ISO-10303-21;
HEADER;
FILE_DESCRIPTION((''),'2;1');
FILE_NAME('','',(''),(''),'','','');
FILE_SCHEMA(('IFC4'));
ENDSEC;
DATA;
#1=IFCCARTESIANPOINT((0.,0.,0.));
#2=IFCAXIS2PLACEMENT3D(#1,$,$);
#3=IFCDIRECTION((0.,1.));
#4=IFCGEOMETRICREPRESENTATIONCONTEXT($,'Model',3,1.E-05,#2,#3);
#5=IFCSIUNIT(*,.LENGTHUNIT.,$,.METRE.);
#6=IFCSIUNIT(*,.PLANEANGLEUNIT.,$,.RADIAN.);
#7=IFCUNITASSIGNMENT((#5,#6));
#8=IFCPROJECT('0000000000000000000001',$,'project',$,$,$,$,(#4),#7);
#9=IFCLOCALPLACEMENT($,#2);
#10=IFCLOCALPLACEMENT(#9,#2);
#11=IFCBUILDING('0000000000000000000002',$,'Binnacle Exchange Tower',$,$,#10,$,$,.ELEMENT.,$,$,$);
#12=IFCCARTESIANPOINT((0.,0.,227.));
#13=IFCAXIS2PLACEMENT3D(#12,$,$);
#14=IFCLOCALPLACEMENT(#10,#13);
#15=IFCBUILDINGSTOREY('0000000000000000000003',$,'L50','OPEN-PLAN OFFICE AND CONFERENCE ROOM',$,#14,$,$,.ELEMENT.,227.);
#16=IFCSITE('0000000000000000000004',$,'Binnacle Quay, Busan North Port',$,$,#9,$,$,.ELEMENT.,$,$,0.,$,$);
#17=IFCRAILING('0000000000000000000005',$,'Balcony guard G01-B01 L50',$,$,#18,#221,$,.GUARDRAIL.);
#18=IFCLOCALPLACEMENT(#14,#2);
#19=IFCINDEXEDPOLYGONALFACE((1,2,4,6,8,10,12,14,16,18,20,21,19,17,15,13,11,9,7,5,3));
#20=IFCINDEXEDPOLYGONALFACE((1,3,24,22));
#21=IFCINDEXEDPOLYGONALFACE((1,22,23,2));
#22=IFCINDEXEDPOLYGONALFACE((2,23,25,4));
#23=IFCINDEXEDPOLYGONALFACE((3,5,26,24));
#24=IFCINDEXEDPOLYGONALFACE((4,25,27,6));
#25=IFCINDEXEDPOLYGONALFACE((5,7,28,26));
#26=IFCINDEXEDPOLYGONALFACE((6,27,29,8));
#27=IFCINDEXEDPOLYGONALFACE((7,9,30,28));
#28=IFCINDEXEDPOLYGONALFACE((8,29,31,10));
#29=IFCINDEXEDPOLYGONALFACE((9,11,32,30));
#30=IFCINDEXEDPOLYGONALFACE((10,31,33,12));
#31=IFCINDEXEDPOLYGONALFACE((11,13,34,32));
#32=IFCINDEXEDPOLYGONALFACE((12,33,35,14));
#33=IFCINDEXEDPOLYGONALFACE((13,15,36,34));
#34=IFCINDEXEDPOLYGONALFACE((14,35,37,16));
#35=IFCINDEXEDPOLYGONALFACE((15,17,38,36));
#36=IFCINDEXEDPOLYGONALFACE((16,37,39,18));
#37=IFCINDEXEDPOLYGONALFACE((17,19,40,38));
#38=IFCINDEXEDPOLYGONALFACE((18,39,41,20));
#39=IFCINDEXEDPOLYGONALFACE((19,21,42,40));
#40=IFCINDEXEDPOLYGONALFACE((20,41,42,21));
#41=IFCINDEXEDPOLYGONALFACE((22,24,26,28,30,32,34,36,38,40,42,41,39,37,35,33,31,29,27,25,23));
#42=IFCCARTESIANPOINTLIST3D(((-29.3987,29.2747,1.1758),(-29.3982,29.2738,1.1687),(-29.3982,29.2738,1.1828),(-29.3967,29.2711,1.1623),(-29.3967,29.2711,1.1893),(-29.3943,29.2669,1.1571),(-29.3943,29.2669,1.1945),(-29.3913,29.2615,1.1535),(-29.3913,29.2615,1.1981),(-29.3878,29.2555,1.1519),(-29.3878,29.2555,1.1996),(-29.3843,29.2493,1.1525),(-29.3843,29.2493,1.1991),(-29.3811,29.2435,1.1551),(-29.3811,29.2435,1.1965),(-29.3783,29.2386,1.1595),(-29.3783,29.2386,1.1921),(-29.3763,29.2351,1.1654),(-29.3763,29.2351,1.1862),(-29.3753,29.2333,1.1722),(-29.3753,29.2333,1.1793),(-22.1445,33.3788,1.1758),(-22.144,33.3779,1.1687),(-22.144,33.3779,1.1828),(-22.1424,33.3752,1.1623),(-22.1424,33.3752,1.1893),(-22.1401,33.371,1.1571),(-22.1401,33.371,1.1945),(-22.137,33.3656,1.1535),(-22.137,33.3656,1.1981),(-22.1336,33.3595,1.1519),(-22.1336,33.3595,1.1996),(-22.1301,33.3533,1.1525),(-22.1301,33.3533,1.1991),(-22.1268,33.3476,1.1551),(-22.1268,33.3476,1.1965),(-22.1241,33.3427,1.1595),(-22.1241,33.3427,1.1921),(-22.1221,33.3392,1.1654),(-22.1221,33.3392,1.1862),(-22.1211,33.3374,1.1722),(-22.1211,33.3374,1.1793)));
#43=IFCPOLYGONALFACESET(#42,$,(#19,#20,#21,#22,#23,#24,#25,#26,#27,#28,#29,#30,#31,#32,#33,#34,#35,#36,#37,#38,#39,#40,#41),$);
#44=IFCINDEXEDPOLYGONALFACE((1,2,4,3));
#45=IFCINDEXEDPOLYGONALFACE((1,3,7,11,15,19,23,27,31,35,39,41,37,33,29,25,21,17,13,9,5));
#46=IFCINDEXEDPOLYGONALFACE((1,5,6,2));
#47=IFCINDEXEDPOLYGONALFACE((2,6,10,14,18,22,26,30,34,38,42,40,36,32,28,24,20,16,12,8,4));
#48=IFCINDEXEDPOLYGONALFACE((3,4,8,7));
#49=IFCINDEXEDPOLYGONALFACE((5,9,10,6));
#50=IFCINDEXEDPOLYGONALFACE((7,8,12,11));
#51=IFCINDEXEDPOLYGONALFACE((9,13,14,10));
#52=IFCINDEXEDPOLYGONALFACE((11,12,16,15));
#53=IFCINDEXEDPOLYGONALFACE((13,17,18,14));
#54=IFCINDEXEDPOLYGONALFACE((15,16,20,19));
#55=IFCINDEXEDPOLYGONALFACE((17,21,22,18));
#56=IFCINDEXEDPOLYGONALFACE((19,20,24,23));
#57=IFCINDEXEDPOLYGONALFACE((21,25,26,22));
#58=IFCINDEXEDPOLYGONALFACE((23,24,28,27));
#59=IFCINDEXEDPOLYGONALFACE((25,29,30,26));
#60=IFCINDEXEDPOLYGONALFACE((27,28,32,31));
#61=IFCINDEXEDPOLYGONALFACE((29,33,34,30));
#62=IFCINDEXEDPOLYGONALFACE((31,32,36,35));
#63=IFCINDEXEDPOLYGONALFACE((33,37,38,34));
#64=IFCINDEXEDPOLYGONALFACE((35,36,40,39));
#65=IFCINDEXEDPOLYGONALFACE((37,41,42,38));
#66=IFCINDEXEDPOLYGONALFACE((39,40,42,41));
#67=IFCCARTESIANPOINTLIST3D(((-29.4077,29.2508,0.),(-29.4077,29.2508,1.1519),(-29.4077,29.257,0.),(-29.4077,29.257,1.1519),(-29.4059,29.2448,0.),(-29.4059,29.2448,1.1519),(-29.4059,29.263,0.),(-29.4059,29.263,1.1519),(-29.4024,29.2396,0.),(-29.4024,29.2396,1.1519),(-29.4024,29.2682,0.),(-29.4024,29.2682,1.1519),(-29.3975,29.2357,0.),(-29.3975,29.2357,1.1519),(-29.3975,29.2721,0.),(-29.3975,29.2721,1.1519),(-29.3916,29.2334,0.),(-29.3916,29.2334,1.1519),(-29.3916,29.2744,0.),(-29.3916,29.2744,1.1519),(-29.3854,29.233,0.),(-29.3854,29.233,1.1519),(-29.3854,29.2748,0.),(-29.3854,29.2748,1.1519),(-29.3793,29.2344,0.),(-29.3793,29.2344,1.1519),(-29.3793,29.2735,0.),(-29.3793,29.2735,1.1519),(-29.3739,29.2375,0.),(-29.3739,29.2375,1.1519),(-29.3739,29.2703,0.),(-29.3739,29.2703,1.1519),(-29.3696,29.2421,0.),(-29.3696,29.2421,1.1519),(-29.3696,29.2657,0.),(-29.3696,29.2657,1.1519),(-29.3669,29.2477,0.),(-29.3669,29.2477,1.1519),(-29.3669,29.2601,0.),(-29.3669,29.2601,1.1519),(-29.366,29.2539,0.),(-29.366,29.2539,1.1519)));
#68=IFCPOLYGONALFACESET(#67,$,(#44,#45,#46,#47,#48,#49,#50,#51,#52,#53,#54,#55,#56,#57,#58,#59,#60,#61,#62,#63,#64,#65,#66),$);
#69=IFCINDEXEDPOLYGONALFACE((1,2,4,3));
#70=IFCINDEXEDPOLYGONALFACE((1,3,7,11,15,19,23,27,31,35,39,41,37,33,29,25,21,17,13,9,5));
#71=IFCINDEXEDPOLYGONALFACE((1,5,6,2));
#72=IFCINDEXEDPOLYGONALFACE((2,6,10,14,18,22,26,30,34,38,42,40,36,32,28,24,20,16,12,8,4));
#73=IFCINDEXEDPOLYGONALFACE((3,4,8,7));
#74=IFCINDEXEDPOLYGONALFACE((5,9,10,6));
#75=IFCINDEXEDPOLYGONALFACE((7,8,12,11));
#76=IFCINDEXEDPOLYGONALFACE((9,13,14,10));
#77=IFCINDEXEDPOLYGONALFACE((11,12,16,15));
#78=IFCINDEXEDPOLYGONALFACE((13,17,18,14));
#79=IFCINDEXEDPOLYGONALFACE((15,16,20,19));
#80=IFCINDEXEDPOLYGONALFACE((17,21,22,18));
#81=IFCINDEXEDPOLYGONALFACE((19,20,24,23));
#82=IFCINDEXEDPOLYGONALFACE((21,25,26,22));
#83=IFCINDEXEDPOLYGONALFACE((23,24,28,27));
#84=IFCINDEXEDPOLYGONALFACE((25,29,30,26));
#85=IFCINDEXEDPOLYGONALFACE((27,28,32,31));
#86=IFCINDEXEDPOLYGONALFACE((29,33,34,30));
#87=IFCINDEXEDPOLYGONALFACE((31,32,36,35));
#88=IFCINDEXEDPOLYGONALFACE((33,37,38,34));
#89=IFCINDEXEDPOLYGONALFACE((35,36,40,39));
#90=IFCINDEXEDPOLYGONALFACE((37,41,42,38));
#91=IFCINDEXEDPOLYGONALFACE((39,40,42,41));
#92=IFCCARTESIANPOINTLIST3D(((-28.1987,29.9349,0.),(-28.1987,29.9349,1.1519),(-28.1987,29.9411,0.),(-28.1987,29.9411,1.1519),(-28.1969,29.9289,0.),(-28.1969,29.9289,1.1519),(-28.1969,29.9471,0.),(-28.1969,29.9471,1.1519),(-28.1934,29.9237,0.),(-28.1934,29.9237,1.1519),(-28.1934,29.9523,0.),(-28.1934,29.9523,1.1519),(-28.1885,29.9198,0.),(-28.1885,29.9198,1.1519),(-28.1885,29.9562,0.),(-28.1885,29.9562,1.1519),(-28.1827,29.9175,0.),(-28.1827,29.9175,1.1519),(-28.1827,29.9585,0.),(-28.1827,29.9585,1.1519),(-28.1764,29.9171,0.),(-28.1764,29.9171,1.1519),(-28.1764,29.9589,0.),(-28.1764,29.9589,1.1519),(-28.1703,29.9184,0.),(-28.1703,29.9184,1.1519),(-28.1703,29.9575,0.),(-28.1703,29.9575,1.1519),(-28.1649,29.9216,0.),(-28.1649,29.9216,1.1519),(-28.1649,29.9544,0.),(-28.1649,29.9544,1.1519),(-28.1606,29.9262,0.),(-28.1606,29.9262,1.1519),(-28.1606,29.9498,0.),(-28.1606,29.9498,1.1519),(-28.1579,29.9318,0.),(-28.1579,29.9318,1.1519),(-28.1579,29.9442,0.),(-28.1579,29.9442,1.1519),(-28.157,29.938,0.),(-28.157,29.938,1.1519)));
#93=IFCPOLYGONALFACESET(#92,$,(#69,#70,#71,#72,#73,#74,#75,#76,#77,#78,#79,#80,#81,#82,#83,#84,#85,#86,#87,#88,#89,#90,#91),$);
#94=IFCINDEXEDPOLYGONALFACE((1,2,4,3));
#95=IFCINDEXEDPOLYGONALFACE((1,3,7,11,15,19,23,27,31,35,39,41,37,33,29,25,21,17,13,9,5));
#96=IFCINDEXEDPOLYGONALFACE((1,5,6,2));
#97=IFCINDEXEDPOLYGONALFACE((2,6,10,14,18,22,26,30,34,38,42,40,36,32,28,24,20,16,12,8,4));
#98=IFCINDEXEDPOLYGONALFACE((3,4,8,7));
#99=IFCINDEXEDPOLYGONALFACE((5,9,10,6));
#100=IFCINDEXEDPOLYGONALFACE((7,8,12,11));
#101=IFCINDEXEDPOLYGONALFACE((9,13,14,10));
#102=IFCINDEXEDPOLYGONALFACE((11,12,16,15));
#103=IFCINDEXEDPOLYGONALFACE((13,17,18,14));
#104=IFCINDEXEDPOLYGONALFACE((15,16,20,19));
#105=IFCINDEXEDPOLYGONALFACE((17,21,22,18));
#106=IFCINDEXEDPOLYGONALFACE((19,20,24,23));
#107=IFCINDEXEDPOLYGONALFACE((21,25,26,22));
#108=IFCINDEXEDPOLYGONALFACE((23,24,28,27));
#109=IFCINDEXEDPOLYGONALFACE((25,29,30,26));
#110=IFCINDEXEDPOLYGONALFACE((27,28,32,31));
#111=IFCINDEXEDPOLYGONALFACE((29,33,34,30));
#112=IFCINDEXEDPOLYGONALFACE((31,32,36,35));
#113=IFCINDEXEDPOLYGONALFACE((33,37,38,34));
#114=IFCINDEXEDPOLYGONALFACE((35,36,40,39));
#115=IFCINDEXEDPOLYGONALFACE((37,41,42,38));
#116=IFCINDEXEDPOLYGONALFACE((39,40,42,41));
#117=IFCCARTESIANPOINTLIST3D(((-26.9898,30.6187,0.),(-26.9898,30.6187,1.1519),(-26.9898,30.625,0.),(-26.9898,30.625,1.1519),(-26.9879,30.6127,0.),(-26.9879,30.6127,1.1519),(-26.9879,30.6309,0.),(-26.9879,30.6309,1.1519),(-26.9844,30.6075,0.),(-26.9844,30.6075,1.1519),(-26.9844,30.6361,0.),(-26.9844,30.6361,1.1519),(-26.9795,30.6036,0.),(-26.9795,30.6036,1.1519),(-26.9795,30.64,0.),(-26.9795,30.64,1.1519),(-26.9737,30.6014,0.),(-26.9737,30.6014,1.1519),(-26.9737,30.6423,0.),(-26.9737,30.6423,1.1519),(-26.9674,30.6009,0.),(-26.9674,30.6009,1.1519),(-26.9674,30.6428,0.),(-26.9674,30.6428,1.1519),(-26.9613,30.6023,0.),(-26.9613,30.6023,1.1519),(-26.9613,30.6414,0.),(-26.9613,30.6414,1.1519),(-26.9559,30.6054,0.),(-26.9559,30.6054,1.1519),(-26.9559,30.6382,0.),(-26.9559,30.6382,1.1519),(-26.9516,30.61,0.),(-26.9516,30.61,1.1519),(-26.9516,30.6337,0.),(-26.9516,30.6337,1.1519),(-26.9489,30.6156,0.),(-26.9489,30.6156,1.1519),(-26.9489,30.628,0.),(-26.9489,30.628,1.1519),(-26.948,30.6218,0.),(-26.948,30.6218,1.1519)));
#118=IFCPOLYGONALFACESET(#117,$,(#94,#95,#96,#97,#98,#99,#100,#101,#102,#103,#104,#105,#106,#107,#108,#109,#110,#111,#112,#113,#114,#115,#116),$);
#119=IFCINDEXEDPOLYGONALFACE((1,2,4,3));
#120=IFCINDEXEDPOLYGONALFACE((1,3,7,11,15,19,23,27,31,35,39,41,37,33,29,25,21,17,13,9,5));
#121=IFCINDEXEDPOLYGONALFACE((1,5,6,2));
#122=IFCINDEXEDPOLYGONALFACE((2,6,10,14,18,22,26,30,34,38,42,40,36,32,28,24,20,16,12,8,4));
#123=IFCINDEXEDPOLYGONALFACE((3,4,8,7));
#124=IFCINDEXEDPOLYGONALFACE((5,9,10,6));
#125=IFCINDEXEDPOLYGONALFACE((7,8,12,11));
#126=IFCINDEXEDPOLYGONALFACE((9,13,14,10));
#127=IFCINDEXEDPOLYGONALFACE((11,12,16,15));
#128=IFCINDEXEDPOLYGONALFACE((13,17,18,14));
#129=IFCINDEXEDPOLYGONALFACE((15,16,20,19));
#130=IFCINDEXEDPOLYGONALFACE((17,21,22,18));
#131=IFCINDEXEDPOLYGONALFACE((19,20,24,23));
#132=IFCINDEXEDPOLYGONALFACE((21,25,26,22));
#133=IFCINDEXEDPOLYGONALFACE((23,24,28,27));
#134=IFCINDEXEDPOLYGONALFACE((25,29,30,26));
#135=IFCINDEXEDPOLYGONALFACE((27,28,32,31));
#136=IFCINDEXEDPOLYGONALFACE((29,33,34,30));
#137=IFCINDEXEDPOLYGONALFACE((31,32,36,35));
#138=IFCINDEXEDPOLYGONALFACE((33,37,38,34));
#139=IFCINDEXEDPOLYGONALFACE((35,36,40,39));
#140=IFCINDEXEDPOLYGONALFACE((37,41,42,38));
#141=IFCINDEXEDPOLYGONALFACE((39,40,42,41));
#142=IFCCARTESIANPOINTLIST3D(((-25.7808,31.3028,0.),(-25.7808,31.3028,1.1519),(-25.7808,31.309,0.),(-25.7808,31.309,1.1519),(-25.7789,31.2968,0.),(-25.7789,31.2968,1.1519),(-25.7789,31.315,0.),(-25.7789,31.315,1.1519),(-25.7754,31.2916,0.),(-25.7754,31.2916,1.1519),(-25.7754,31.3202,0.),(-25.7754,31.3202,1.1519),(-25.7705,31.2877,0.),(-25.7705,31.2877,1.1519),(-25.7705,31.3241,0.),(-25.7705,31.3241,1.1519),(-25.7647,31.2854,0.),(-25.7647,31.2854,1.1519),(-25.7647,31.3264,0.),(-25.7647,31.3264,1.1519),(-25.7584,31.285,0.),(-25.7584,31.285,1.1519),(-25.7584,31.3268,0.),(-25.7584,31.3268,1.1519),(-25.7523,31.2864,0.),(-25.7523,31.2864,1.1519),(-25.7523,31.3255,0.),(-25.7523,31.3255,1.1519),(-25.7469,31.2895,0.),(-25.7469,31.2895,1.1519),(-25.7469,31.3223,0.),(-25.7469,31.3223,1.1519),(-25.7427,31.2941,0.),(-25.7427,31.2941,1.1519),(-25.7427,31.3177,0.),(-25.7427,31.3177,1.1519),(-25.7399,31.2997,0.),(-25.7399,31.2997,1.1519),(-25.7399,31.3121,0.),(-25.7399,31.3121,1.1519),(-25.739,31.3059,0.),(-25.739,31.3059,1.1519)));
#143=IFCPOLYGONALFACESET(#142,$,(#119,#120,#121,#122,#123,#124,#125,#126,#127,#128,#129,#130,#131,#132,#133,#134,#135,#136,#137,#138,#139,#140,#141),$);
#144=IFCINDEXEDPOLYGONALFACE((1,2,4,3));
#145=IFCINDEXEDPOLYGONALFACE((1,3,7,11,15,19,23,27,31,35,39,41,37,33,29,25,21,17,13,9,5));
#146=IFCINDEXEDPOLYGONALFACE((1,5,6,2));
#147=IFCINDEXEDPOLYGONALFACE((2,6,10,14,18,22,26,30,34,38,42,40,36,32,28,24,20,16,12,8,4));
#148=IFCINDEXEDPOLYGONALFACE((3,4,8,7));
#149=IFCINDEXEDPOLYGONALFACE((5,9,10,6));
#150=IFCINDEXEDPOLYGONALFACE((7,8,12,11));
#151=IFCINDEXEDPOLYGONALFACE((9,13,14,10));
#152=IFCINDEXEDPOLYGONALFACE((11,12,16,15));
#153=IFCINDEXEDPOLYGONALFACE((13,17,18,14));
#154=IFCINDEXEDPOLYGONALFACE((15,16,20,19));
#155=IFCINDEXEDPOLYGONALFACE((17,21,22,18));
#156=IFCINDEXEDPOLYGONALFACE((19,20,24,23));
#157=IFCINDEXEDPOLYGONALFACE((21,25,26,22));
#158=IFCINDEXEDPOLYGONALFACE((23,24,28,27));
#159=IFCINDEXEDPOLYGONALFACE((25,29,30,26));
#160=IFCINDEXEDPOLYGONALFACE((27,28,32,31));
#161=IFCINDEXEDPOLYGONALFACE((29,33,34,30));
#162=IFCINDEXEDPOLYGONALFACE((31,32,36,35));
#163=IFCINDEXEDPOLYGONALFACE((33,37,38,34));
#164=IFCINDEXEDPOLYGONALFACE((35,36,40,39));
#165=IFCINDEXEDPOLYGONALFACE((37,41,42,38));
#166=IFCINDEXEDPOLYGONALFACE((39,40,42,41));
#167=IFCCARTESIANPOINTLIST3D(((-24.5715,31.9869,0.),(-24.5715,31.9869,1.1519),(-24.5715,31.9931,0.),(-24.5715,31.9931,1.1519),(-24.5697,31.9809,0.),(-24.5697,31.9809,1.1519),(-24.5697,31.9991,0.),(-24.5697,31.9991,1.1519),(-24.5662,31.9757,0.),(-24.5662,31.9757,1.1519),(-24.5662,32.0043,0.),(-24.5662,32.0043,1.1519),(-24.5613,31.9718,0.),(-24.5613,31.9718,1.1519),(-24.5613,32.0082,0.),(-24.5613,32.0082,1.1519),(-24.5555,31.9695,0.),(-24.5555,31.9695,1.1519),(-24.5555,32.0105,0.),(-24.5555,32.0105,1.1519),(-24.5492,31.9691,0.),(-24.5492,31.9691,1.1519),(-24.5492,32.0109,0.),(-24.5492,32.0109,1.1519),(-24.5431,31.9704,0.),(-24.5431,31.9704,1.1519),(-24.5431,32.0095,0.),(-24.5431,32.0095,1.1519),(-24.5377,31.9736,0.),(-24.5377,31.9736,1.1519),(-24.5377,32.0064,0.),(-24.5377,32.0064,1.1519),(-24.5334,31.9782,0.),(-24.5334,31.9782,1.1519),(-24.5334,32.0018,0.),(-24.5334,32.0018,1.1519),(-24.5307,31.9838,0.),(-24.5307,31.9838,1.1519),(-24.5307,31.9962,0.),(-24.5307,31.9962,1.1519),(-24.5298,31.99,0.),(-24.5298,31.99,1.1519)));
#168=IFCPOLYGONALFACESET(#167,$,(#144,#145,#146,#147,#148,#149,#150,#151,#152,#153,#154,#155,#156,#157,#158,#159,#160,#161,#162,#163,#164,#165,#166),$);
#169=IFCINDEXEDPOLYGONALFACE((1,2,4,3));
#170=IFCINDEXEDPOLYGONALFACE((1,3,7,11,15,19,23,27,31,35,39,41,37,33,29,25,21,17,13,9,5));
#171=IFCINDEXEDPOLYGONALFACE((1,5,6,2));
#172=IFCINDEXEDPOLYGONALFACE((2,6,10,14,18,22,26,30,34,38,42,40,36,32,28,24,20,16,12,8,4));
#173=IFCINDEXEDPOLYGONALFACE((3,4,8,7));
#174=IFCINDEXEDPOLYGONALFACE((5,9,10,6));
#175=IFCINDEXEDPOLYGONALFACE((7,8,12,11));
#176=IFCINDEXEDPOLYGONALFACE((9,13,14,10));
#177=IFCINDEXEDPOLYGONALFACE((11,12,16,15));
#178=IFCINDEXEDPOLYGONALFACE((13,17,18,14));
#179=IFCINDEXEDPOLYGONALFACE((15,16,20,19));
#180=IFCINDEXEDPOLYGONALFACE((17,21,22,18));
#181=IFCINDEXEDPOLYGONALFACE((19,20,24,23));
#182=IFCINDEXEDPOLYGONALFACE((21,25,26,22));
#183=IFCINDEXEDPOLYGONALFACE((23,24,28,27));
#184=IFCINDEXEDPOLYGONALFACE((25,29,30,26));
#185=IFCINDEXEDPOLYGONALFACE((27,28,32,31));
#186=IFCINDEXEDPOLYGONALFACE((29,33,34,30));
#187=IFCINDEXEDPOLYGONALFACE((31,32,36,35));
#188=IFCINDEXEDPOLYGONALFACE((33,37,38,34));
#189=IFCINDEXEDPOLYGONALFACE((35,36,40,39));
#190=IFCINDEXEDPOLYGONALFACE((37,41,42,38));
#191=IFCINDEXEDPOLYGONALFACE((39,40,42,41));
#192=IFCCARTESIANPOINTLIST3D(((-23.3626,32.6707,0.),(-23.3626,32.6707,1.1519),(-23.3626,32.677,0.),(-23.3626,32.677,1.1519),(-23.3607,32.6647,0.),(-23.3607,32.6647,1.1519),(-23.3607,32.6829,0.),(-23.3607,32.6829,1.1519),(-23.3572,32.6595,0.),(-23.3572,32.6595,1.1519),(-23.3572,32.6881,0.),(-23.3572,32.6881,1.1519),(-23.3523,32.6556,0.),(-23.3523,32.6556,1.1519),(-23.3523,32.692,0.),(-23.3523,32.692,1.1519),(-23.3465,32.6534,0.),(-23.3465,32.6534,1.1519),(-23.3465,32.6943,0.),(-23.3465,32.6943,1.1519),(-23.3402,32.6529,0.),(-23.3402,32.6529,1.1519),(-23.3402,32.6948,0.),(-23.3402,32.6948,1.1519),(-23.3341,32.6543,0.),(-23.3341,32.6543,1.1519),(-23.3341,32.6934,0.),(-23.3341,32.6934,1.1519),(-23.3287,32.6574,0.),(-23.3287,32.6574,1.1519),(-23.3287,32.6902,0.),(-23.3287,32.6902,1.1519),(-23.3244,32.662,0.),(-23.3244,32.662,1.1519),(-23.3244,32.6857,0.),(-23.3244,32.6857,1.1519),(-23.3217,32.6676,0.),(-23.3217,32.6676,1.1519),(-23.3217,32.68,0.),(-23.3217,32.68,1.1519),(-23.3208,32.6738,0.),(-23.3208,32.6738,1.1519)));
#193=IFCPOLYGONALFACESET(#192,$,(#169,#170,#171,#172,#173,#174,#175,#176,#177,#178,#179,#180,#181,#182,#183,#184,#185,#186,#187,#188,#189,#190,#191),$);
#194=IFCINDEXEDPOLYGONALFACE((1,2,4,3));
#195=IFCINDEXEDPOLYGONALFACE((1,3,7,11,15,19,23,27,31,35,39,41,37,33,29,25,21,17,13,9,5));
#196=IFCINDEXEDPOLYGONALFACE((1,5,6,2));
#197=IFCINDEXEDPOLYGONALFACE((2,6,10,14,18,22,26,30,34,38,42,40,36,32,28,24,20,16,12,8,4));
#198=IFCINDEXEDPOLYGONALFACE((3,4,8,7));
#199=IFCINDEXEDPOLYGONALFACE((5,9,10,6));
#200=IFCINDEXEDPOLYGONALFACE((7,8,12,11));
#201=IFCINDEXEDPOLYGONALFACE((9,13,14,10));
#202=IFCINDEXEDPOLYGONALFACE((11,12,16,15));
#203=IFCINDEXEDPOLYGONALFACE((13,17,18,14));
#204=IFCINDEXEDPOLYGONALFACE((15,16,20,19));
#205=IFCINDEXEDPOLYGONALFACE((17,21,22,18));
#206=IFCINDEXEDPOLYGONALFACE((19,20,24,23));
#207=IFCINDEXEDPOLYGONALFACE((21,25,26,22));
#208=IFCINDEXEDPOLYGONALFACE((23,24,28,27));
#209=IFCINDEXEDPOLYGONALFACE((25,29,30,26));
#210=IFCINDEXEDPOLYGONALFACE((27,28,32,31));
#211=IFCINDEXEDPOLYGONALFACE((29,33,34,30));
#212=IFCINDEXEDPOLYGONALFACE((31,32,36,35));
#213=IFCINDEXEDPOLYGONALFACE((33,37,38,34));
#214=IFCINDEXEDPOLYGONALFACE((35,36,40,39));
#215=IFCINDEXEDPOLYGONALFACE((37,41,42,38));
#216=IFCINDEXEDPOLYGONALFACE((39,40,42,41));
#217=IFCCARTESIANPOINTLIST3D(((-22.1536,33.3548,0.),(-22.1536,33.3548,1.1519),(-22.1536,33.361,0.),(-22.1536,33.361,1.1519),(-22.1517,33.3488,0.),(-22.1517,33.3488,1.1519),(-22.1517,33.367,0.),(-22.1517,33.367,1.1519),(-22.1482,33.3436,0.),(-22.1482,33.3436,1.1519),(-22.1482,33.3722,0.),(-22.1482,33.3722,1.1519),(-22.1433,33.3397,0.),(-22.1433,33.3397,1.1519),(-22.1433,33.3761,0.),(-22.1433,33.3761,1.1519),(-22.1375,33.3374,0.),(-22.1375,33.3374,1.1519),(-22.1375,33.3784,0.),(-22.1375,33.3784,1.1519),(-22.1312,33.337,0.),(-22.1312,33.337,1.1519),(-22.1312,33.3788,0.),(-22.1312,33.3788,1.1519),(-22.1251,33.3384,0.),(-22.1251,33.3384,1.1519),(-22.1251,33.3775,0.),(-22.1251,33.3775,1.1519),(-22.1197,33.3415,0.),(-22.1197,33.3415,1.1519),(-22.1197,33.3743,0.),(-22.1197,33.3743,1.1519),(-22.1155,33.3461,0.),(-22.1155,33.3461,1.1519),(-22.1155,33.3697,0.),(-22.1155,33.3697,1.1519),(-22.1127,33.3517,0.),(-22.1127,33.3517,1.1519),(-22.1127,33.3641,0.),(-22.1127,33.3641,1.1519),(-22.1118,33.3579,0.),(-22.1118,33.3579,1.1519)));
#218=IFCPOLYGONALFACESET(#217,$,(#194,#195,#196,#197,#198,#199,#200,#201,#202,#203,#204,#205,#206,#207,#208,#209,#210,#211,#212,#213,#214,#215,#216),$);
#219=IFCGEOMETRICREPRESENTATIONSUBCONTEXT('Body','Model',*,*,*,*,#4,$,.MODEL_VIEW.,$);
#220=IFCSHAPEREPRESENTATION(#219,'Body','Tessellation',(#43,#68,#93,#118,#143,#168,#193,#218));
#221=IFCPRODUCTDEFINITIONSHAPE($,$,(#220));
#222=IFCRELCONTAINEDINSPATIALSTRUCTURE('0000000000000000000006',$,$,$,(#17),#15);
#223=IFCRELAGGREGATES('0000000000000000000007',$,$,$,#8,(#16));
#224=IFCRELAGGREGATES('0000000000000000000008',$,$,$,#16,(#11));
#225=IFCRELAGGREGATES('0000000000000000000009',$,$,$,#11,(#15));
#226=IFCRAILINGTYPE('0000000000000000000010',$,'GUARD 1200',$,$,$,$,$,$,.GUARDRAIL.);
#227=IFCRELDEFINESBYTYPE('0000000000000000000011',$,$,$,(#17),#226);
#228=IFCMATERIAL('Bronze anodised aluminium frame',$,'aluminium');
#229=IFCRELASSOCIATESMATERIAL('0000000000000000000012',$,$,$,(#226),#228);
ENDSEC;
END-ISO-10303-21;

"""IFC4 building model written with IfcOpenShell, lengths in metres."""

from ifc_helpers import new_model, si_unit, direction, frame, origin, origin_2d, place, context, subcontext, project, spatial, circle, extrude, material, type_object, element, save


model = new_model("IFC4")

# Units and contexts
model_context = context("Model", 3, precision=1e-05, world=origin(), true_north=direction((0.0, 1.0)))
body_context = subcontext(model_context, "Body", "Model", "MODEL_VIEW")
ifc_project = project(units=[si_unit("LENGTHUNIT", "METRE"), si_unit("PLANEANGLEUNIT", "RADIAN")], contexts=[model_context])

# Site, building, storey
site_placement = place(None, origin())
site = spatial("IfcSite", under=ifc_project, at=site_placement, Name="Binnacle Quay, Busan North Port", CompositionType="ELEMENT", RefElevation=0.0)
building_placement = place(site_placement, origin())
building = spatial("IfcBuilding", under=site, at=building_placement, Name="Binnacle Exchange Tower", CompositionType="ELEMENT")
storey_placement = place(building_placement, frame((0.0, 0.0, 227.0)))
storey = spatial("IfcBuildingStorey", under=building, at=storey_placement, Name="L50", Description="OPEN-PLAN OFFICE AND CONFERENCE ROOM", CompositionType="ELEMENT", Elevation=227.0)

# Railing
ifc_material_1 = material(Name="Bronze anodised aluminium frame", Category="aluminium")
railing_type_1 = type_object("IfcRailingType", Name="GUARD 1200", PredefinedType="GUARDRAIL", material=ifc_material_1)
railing_1_placement = place(storey_placement, frame((-29.387, 29.2539, 0.0)))
element("IfcRailing", 1, at=railing_1_placement, inside=storey, type_object=railing_type_1, Name="Balcony guard G01-B01 L50", PredefinedType="GUARDRAIL", context=body_context, shape_type="SweptSolid", body=[
    extrude(circle(Radius=0.0239, at=origin_2d()), frame((0.0, 0.0, 1.1758), z_axis=(0.870366, 0.492406, 0.0), x_axis=(-0.492406, 0.870366, 0.0)), (0.0, 0.0, 1.0), 8.3347),
    extrude(circle(Radius=0.021, at=origin_2d()), origin(), (0.0, 0.0, 1.0), 1.1519),
    extrude(circle(Radius=0.021, at=origin_2d()), frame((1.209, 0.6841, 0.0)), (0.0, 0.0, 1.0), 1.1519),
    extrude(circle(Radius=0.021, at=origin_2d()), frame((2.418, 1.3679, 0.0)), (0.0, 0.0, 1.0), 1.1519),
    extrude(circle(Radius=0.021, at=origin_2d()), frame((3.627, 2.052, 0.0)), (0.0, 0.0, 1.0), 1.1519),
    extrude(circle(Radius=0.021, at=origin_2d()), frame((4.8362, 2.7361, 0.0)), (0.0, 0.0, 1.0), 1.1519),
    extrude(circle(Radius=0.021, at=origin_2d()), frame((6.0452, 3.4199, 0.0)), (0.0, 0.0, 1.0), 1.1519),
    extrude(circle(Radius=0.021, at=origin_2d()), frame((7.2542, 4.104, 0.0)), (0.0, 0.0, 1.0), 1.1519),
])

save(model, "model.ifc")
